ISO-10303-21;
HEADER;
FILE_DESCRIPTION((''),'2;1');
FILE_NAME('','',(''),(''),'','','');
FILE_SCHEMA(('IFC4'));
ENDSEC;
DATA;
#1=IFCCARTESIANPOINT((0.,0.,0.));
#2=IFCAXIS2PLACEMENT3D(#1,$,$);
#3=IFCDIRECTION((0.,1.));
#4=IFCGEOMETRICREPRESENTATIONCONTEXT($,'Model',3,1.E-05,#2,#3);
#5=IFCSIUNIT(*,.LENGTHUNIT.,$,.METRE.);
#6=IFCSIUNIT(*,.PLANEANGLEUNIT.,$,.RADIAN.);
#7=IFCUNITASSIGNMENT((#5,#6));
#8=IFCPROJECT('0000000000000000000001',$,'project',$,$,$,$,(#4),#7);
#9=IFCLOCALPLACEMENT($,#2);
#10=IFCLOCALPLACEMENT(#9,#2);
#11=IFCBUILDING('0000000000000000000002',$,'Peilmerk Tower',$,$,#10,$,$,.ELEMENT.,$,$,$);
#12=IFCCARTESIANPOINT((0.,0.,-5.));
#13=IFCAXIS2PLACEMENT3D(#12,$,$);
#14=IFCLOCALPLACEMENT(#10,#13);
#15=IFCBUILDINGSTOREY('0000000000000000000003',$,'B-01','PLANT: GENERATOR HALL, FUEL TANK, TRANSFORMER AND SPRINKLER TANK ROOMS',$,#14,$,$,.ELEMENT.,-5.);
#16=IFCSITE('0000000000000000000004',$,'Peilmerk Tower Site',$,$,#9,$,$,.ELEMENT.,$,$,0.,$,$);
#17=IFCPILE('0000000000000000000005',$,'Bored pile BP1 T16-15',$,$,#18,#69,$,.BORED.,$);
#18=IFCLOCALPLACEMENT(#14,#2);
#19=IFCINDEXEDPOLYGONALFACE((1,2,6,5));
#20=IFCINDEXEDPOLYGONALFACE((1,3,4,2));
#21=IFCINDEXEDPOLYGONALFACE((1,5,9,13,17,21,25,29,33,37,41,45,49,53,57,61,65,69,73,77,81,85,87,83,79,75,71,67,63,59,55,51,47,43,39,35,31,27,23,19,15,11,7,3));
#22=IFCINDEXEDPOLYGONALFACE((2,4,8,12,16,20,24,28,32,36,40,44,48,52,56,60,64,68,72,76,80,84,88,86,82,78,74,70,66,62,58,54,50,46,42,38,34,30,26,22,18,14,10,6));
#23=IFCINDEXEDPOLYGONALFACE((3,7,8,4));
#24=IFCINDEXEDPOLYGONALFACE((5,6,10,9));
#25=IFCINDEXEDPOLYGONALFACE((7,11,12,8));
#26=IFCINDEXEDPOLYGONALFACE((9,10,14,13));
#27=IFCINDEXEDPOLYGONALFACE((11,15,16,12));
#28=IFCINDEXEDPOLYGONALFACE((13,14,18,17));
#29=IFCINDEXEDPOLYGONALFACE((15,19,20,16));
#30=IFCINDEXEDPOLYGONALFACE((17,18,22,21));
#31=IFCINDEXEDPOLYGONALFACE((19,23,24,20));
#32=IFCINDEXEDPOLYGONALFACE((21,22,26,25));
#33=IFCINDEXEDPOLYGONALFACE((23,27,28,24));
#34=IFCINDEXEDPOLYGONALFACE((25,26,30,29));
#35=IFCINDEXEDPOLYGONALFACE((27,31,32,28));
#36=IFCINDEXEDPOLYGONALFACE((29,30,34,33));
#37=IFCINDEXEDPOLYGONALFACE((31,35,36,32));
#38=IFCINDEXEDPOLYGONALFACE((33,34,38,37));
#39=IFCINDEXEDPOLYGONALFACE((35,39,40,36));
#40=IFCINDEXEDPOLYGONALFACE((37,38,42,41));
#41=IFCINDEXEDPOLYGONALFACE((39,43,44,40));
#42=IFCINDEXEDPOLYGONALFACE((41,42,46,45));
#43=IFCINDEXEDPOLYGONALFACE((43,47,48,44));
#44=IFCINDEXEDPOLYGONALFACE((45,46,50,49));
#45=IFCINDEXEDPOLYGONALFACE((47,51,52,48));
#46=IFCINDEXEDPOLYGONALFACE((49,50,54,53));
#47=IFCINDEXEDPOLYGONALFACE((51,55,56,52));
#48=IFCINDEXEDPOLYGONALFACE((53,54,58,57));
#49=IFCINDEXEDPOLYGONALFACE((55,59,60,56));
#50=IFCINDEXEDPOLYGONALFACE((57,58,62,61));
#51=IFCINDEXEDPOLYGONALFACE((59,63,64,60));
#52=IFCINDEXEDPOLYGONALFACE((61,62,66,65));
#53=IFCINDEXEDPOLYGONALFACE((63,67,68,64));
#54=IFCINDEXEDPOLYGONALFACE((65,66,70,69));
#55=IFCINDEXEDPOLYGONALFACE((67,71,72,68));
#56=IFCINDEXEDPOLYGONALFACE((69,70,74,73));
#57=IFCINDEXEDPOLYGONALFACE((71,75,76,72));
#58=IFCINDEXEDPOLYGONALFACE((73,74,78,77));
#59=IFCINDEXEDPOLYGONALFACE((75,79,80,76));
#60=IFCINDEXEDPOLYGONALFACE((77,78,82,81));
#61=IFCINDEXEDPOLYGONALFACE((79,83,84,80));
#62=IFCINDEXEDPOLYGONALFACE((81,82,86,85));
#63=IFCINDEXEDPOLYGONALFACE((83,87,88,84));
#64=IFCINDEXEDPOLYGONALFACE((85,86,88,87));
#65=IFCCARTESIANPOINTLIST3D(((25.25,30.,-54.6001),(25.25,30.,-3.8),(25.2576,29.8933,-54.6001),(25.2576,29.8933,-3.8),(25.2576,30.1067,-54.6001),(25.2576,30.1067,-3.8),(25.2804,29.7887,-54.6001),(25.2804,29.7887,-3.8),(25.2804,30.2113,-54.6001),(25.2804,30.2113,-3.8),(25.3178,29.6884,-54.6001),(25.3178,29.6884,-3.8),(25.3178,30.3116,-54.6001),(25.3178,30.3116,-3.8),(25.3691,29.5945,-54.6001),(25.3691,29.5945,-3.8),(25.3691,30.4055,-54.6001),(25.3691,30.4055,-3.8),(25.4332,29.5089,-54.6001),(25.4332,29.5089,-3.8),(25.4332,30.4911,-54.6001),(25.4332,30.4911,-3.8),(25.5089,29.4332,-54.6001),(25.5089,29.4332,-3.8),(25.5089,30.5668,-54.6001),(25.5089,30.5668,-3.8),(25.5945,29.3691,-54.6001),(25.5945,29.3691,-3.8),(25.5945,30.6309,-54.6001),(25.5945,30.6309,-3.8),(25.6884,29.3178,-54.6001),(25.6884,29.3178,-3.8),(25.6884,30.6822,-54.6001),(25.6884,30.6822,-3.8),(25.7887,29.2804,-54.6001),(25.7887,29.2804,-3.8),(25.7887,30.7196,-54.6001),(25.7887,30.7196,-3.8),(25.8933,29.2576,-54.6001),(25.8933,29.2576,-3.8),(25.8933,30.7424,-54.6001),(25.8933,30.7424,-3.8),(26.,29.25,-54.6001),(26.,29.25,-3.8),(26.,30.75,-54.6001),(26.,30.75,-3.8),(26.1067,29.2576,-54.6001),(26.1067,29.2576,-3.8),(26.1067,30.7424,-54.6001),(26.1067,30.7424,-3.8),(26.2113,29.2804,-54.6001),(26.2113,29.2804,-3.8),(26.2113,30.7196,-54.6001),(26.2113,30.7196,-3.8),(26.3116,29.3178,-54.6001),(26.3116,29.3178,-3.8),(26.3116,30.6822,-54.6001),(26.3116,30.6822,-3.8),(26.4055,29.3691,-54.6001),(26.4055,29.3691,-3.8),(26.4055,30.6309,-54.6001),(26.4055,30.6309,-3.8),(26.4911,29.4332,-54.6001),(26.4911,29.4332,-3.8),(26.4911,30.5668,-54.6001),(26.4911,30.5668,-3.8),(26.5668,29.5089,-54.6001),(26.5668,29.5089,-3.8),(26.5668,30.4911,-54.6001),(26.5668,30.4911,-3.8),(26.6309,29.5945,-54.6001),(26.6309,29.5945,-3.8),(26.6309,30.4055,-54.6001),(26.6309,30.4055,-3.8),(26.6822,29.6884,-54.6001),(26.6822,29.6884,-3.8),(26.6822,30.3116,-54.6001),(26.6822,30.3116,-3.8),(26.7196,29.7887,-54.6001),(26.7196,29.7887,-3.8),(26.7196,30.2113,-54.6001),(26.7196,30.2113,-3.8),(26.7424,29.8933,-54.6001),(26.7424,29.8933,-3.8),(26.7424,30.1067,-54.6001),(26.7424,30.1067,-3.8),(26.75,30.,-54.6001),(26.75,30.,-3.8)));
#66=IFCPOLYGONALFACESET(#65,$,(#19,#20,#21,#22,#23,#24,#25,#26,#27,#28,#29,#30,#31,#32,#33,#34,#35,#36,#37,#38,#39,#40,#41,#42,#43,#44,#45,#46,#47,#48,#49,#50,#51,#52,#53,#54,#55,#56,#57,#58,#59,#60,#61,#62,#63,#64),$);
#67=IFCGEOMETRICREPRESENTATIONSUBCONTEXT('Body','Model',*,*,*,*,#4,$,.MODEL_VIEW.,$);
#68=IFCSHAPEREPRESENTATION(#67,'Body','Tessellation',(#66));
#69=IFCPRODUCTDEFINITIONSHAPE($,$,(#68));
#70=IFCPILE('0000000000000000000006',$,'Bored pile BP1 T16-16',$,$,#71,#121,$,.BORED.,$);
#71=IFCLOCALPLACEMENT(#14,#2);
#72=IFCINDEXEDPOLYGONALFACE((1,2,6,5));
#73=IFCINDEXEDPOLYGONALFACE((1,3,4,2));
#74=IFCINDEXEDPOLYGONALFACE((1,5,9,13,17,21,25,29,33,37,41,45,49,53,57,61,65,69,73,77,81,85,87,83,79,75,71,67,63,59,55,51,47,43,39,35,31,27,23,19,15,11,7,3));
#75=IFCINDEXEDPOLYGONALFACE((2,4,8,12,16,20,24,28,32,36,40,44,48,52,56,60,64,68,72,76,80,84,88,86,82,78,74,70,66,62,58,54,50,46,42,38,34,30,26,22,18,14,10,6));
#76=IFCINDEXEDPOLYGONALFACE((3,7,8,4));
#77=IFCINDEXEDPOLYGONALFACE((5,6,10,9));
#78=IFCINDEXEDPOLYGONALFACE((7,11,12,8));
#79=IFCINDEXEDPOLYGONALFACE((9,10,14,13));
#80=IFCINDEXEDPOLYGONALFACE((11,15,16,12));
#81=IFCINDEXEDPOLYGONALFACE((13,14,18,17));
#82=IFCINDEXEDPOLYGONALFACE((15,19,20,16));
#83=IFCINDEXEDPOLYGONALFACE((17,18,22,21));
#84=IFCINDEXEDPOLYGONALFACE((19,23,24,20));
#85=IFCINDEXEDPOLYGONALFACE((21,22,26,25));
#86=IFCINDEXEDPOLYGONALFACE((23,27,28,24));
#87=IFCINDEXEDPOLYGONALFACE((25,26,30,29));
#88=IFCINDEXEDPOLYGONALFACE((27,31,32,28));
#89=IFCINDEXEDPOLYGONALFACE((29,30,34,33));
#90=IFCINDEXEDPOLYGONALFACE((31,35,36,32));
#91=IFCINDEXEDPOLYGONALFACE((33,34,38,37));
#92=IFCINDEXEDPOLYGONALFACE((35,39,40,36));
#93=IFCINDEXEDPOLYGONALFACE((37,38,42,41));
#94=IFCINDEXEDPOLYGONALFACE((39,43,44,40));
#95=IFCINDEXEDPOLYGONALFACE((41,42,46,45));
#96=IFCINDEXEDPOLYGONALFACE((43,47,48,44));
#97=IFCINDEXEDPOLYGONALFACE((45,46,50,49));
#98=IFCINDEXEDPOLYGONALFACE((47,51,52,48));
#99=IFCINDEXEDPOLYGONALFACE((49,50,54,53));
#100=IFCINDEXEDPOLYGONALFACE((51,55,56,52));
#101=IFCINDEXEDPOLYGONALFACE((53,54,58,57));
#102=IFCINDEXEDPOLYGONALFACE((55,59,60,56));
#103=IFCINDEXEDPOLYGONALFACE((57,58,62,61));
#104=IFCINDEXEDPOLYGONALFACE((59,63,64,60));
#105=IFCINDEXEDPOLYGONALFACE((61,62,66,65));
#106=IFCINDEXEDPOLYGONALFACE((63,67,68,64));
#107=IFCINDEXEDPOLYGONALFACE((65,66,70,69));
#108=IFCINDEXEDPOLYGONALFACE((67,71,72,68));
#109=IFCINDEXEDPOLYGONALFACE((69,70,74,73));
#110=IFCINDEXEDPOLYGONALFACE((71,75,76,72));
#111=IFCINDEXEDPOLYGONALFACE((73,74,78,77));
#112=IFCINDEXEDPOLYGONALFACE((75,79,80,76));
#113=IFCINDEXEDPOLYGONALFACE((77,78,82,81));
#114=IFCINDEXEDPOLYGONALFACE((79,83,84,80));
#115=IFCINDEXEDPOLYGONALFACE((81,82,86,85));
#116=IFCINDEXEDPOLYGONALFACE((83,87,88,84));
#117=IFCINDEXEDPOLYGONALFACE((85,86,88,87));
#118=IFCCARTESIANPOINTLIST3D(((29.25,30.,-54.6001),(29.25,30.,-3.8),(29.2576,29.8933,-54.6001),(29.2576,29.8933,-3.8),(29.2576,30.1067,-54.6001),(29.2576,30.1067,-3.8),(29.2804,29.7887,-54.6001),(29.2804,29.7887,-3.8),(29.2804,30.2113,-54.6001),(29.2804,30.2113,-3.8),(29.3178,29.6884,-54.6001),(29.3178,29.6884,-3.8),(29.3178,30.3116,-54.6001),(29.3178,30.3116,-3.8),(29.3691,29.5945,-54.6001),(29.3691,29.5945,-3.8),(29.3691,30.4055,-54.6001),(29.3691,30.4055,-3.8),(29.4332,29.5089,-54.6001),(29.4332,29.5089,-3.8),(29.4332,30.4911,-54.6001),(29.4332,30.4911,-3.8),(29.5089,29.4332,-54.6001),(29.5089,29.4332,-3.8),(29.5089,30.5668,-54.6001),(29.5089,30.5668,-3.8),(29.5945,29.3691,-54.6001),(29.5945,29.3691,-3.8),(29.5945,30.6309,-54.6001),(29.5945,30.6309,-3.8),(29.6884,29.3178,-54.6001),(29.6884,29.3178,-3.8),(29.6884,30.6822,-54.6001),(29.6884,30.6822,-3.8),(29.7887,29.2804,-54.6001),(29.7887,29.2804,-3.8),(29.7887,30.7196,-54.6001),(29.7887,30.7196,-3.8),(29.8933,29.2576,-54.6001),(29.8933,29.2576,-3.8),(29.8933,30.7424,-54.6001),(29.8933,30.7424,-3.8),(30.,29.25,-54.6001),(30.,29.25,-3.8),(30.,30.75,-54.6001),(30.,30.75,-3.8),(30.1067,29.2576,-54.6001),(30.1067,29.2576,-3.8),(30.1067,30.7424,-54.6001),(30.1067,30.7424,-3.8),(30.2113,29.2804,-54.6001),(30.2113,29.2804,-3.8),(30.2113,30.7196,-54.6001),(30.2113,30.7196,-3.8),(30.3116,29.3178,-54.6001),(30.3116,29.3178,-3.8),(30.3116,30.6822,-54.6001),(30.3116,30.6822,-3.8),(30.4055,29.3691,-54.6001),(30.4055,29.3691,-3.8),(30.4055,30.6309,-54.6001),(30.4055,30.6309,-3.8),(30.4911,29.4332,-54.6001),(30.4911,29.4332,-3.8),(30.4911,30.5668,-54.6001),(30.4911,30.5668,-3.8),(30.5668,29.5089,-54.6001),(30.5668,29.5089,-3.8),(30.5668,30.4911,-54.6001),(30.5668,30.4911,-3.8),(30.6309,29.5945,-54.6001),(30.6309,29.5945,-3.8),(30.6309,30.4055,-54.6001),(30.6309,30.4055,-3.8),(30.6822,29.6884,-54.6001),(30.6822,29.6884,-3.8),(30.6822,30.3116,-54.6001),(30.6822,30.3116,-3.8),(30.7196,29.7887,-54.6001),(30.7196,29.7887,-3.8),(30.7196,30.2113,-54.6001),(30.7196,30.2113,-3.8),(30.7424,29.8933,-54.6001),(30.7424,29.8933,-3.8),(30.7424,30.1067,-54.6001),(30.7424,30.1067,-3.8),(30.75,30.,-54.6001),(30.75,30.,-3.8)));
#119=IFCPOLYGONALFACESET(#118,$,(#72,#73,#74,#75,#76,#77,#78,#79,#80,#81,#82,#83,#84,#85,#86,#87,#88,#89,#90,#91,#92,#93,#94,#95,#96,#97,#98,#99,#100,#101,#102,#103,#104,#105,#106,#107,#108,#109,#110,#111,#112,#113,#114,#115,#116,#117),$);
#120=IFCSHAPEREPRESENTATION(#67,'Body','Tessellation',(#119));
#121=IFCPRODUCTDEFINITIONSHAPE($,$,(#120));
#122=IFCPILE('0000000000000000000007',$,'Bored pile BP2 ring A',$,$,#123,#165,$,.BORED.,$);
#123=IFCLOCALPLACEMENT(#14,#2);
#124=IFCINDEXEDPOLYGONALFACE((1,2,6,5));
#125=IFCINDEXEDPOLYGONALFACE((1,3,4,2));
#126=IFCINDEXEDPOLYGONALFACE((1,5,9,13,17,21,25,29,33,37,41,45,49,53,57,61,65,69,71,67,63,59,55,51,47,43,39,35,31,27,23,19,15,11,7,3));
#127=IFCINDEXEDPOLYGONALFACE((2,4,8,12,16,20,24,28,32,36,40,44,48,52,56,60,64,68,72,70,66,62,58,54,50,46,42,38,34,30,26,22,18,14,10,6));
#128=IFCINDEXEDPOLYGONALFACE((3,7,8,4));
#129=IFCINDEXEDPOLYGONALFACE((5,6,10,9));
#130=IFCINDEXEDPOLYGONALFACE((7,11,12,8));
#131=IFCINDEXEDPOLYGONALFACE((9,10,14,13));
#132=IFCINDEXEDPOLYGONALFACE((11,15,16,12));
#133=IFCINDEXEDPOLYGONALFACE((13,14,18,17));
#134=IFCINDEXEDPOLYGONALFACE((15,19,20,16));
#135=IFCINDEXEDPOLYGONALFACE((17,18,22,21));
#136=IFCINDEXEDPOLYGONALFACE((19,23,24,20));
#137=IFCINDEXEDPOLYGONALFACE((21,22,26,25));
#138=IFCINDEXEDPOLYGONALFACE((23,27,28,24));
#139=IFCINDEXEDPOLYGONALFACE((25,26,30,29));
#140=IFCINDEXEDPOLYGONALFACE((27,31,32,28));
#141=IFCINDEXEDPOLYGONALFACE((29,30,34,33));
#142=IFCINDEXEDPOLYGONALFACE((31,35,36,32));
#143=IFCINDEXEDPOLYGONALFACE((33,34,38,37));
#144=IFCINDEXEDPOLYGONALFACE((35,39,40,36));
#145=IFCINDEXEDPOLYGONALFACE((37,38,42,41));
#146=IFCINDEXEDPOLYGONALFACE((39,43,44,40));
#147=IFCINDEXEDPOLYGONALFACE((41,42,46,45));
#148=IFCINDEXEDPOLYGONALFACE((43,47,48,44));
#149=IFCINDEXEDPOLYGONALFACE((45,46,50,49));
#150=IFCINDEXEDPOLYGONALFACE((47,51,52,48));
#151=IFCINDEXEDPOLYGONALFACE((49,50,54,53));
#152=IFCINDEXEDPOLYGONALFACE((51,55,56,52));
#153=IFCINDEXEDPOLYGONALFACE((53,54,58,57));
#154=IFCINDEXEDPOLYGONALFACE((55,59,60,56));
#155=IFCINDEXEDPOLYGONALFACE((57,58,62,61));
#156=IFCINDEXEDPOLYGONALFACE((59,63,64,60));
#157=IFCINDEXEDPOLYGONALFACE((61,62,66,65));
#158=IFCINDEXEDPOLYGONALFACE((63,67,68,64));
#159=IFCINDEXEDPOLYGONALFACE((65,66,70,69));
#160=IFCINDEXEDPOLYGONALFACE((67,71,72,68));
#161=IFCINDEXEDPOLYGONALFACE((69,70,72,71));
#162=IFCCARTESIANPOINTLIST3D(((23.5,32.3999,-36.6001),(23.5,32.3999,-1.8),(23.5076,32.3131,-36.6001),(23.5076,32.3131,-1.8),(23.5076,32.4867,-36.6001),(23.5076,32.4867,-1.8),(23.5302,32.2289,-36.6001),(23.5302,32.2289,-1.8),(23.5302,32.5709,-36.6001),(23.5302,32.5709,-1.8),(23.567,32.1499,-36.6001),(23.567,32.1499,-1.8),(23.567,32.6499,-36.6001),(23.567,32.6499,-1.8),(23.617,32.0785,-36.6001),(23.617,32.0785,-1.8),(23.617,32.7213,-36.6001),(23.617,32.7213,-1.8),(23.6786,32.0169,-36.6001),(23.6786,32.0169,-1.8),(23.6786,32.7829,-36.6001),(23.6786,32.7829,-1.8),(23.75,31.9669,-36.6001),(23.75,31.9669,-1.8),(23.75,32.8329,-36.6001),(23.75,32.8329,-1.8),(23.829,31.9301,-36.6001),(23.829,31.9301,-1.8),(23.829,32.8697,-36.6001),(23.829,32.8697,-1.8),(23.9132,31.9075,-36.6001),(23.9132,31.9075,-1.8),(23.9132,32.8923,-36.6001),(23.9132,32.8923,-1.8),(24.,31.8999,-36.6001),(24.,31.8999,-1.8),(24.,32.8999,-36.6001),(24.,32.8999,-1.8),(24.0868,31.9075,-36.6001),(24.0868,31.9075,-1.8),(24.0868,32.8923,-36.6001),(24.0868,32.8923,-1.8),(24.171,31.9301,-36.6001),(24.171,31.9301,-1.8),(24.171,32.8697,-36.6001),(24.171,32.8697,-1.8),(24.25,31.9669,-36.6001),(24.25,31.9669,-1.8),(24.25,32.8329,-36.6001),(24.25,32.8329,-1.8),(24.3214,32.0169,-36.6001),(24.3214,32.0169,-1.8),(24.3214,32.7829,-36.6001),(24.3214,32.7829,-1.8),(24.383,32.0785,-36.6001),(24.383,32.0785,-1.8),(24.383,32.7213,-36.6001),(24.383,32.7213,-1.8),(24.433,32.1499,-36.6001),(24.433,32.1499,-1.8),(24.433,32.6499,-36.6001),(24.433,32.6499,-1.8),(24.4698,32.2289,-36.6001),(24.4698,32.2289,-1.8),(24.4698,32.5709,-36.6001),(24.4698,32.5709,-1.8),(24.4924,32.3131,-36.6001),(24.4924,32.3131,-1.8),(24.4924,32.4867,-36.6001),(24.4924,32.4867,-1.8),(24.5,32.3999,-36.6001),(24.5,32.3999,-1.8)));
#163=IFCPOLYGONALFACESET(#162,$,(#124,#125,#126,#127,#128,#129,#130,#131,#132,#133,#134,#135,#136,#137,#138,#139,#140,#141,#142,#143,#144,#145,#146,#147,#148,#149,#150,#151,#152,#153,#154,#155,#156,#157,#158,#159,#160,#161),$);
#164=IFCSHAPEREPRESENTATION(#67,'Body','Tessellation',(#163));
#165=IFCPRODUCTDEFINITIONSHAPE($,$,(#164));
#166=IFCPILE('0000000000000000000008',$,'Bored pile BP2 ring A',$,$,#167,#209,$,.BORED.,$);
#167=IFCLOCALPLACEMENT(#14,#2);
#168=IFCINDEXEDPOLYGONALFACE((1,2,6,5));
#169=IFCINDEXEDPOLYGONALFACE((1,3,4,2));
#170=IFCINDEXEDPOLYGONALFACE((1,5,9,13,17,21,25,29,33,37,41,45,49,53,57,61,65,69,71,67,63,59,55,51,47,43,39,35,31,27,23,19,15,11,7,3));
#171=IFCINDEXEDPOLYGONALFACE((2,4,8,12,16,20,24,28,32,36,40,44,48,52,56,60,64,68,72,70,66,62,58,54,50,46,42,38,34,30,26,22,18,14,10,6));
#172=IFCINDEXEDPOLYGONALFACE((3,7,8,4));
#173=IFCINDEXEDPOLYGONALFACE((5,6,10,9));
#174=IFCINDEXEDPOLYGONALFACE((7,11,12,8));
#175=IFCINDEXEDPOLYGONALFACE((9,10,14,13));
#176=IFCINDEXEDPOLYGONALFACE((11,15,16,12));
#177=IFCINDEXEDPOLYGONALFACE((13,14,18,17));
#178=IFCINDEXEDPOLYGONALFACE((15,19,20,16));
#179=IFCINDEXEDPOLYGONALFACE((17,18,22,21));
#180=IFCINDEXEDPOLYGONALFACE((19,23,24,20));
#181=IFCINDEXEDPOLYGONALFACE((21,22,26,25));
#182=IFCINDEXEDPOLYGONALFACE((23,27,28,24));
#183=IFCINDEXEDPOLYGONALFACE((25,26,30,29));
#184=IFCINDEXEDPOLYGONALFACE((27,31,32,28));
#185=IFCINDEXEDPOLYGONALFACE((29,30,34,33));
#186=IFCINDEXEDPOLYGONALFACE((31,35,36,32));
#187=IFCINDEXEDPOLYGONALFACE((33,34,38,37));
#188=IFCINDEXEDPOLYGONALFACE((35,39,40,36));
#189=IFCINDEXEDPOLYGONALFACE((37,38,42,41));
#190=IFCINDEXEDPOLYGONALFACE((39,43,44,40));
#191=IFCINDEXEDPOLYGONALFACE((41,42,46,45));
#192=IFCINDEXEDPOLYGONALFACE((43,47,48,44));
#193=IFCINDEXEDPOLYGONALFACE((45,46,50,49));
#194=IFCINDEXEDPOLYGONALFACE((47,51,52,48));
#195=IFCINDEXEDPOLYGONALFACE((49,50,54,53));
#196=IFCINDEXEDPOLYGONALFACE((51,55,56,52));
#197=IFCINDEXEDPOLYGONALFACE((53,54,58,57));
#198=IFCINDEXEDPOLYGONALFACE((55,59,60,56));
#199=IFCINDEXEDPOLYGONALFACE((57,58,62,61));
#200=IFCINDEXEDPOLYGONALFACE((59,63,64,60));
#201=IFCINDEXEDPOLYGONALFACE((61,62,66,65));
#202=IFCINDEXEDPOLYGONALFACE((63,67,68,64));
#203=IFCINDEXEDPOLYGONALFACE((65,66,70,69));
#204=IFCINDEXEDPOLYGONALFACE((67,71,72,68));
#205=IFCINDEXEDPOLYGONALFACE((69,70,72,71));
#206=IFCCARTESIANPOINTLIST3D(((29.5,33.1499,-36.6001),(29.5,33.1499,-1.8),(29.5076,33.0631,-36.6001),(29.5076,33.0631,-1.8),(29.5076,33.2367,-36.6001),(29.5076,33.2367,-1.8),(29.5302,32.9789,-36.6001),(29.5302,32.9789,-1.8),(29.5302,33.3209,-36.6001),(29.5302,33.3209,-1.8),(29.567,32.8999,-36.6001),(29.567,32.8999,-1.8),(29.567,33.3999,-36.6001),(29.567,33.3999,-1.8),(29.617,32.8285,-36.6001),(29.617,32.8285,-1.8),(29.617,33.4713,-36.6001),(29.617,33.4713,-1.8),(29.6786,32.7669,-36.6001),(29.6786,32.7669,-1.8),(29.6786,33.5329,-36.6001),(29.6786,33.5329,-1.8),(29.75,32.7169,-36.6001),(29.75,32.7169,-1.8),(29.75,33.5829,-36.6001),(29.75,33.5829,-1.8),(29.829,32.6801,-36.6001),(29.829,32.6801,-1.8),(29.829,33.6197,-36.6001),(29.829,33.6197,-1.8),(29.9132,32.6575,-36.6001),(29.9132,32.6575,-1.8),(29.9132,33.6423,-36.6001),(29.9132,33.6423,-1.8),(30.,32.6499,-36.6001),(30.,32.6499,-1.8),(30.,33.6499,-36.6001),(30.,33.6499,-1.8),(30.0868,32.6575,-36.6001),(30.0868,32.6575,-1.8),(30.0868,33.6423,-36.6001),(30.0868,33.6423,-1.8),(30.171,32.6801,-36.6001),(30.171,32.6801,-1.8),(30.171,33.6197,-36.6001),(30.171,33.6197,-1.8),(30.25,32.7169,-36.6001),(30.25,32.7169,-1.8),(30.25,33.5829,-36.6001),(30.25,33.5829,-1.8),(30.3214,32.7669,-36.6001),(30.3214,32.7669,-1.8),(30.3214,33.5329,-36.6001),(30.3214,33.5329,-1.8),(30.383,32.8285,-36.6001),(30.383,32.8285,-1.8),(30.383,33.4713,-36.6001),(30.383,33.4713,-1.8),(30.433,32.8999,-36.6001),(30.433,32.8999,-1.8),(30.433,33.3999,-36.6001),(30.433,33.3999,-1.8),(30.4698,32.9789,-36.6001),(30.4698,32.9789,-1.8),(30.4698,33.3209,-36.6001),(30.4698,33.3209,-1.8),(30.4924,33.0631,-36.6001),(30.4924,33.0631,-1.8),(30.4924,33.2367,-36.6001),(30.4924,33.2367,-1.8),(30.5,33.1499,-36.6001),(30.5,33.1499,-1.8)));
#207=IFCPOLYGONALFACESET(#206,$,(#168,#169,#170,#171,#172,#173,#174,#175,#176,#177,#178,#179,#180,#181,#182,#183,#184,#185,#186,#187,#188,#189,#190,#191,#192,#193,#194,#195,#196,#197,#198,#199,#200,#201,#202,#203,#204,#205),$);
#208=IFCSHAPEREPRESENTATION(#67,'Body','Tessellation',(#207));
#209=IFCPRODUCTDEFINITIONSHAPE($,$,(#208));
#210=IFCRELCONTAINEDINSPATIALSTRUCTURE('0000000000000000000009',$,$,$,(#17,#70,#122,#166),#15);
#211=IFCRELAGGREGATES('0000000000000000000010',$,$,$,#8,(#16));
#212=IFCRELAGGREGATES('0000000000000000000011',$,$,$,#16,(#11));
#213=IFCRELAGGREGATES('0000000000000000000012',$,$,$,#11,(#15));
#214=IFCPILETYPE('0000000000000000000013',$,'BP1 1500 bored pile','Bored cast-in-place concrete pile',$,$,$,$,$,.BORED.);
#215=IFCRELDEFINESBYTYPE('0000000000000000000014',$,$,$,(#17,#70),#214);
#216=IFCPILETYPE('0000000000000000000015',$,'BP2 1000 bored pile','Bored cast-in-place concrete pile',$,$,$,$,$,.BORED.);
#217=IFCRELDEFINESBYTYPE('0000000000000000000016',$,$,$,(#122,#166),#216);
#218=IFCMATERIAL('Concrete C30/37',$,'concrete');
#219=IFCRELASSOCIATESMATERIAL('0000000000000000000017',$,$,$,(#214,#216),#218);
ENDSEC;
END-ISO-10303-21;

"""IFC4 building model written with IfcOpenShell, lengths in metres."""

from ifc_helpers import new_model, si_unit, direction, frame, origin, origin_2d, place, context, subcontext, project, spatial, circle, extrude, material, material_profile, profile_set, type_object, element, save


model = new_model("IFC4")

# Units and contexts
model_context = context("Model", 3, precision=1e-05, world=origin(), true_north=direction((0.0, 1.0)))
body_context = subcontext(model_context, "Body", "Model", "MODEL_VIEW")
ifc_project = project(units=[si_unit("LENGTHUNIT", "METRE"), si_unit("PLANEANGLEUNIT", "RADIAN")], contexts=[model_context])

# Site, building, storey
site_placement = place(None, origin())
site = spatial("IfcSite", under=ifc_project, at=site_placement, Name="Peilmerk Tower Site", CompositionType="ELEMENT", RefElevation=0.0)
building_placement = place(site_placement, origin())
building = spatial("IfcBuilding", under=site, at=building_placement, Name="Peilmerk Tower", CompositionType="ELEMENT")
storey_placement = place(building_placement, frame((0.0, 0.0, -5.0)))
storey = spatial("IfcBuildingStorey", under=building, at=storey_placement, Name="B-01", Description="PLANT: GENERATOR HALL, FUEL TANK, TRANSFORMER AND SPRINKLER TANK ROOMS", CompositionType="ELEMENT", Elevation=-5.0)

# Piles
ifc_material_1 = material(Name="Concrete C30/37", Category="concrete")
ifc_material_profile_1 = material_profile(ifc_material_1, circle(Radius=0.75, at=origin_2d()), Name="BP 1500")
ifc_profile_set_1 = profile_set([ifc_material_profile_1], Name="Concrete C30/37")
pile_type_1 = type_object("IfcPileType", Name="BP1 1500 bored pile", Description="Bored cast-in-place concrete pile", PredefinedType="BORED", material=ifc_profile_set_1)
for number, where, z_axis, x_axis, name in (
    (1, (26.0, 30.0, -3.8), (0.0, 0.0, -1.0), (1.0, 0.0, 0.0), "Bored pile BP1 T16-15"),
    (2, (30.0, 30.0, -3.8), (0.0, 0.0, -1.0), (1.0, 0.0, 0.0), "Bored pile BP1 T16-16"),
):
    element("IfcPile", number, at=place(storey_placement, frame(where, z_axis=z_axis, x_axis=x_axis)), inside=storey, type_object=pile_type_1, Name=name, PredefinedType="BORED", context=body_context, shape_type="SweptSolid", body=[
        extrude(circle(Radius=0.75, at=origin_2d()), origin(), (0.0, 0.0, 1.0), 50.8),
    ])
ifc_material_profile_2 = material_profile(ifc_material_1, circle(Radius=0.5, at=origin_2d()), Name="BP 1000")
ifc_profile_set_2 = profile_set([ifc_material_profile_2], Name="Concrete C30/37")
pile_type_2 = type_object("IfcPileType", Name="BP2 1000 bored pile", Description="Bored cast-in-place concrete pile", PredefinedType="BORED", material=ifc_profile_set_2)
for number, where, z_axis, x_axis, name in (
    (3, (24.0, 32.3999, -1.8), (0.0, 0.0, -1.0), (1.0, 0.0, 0.0), "Bored pile BP2 ring A"),
    (4, (30.0, 33.1499, -1.8), (0.0, 0.0, -1.0), (1.0, 0.0, 0.0), "Bored pile BP2 ring A"),
):
    element("IfcPile", number, at=place(storey_placement, frame(where, z_axis=z_axis, x_axis=x_axis)), inside=storey, type_object=pile_type_2, Name=name, PredefinedType="BORED", context=body_context, shape_type="SweptSolid", body=[
        extrude(circle(Radius=0.5, at=origin_2d()), origin(), (0.0, 0.0, 1.0), 34.8),
    ])

save(model, "model.ifc")
